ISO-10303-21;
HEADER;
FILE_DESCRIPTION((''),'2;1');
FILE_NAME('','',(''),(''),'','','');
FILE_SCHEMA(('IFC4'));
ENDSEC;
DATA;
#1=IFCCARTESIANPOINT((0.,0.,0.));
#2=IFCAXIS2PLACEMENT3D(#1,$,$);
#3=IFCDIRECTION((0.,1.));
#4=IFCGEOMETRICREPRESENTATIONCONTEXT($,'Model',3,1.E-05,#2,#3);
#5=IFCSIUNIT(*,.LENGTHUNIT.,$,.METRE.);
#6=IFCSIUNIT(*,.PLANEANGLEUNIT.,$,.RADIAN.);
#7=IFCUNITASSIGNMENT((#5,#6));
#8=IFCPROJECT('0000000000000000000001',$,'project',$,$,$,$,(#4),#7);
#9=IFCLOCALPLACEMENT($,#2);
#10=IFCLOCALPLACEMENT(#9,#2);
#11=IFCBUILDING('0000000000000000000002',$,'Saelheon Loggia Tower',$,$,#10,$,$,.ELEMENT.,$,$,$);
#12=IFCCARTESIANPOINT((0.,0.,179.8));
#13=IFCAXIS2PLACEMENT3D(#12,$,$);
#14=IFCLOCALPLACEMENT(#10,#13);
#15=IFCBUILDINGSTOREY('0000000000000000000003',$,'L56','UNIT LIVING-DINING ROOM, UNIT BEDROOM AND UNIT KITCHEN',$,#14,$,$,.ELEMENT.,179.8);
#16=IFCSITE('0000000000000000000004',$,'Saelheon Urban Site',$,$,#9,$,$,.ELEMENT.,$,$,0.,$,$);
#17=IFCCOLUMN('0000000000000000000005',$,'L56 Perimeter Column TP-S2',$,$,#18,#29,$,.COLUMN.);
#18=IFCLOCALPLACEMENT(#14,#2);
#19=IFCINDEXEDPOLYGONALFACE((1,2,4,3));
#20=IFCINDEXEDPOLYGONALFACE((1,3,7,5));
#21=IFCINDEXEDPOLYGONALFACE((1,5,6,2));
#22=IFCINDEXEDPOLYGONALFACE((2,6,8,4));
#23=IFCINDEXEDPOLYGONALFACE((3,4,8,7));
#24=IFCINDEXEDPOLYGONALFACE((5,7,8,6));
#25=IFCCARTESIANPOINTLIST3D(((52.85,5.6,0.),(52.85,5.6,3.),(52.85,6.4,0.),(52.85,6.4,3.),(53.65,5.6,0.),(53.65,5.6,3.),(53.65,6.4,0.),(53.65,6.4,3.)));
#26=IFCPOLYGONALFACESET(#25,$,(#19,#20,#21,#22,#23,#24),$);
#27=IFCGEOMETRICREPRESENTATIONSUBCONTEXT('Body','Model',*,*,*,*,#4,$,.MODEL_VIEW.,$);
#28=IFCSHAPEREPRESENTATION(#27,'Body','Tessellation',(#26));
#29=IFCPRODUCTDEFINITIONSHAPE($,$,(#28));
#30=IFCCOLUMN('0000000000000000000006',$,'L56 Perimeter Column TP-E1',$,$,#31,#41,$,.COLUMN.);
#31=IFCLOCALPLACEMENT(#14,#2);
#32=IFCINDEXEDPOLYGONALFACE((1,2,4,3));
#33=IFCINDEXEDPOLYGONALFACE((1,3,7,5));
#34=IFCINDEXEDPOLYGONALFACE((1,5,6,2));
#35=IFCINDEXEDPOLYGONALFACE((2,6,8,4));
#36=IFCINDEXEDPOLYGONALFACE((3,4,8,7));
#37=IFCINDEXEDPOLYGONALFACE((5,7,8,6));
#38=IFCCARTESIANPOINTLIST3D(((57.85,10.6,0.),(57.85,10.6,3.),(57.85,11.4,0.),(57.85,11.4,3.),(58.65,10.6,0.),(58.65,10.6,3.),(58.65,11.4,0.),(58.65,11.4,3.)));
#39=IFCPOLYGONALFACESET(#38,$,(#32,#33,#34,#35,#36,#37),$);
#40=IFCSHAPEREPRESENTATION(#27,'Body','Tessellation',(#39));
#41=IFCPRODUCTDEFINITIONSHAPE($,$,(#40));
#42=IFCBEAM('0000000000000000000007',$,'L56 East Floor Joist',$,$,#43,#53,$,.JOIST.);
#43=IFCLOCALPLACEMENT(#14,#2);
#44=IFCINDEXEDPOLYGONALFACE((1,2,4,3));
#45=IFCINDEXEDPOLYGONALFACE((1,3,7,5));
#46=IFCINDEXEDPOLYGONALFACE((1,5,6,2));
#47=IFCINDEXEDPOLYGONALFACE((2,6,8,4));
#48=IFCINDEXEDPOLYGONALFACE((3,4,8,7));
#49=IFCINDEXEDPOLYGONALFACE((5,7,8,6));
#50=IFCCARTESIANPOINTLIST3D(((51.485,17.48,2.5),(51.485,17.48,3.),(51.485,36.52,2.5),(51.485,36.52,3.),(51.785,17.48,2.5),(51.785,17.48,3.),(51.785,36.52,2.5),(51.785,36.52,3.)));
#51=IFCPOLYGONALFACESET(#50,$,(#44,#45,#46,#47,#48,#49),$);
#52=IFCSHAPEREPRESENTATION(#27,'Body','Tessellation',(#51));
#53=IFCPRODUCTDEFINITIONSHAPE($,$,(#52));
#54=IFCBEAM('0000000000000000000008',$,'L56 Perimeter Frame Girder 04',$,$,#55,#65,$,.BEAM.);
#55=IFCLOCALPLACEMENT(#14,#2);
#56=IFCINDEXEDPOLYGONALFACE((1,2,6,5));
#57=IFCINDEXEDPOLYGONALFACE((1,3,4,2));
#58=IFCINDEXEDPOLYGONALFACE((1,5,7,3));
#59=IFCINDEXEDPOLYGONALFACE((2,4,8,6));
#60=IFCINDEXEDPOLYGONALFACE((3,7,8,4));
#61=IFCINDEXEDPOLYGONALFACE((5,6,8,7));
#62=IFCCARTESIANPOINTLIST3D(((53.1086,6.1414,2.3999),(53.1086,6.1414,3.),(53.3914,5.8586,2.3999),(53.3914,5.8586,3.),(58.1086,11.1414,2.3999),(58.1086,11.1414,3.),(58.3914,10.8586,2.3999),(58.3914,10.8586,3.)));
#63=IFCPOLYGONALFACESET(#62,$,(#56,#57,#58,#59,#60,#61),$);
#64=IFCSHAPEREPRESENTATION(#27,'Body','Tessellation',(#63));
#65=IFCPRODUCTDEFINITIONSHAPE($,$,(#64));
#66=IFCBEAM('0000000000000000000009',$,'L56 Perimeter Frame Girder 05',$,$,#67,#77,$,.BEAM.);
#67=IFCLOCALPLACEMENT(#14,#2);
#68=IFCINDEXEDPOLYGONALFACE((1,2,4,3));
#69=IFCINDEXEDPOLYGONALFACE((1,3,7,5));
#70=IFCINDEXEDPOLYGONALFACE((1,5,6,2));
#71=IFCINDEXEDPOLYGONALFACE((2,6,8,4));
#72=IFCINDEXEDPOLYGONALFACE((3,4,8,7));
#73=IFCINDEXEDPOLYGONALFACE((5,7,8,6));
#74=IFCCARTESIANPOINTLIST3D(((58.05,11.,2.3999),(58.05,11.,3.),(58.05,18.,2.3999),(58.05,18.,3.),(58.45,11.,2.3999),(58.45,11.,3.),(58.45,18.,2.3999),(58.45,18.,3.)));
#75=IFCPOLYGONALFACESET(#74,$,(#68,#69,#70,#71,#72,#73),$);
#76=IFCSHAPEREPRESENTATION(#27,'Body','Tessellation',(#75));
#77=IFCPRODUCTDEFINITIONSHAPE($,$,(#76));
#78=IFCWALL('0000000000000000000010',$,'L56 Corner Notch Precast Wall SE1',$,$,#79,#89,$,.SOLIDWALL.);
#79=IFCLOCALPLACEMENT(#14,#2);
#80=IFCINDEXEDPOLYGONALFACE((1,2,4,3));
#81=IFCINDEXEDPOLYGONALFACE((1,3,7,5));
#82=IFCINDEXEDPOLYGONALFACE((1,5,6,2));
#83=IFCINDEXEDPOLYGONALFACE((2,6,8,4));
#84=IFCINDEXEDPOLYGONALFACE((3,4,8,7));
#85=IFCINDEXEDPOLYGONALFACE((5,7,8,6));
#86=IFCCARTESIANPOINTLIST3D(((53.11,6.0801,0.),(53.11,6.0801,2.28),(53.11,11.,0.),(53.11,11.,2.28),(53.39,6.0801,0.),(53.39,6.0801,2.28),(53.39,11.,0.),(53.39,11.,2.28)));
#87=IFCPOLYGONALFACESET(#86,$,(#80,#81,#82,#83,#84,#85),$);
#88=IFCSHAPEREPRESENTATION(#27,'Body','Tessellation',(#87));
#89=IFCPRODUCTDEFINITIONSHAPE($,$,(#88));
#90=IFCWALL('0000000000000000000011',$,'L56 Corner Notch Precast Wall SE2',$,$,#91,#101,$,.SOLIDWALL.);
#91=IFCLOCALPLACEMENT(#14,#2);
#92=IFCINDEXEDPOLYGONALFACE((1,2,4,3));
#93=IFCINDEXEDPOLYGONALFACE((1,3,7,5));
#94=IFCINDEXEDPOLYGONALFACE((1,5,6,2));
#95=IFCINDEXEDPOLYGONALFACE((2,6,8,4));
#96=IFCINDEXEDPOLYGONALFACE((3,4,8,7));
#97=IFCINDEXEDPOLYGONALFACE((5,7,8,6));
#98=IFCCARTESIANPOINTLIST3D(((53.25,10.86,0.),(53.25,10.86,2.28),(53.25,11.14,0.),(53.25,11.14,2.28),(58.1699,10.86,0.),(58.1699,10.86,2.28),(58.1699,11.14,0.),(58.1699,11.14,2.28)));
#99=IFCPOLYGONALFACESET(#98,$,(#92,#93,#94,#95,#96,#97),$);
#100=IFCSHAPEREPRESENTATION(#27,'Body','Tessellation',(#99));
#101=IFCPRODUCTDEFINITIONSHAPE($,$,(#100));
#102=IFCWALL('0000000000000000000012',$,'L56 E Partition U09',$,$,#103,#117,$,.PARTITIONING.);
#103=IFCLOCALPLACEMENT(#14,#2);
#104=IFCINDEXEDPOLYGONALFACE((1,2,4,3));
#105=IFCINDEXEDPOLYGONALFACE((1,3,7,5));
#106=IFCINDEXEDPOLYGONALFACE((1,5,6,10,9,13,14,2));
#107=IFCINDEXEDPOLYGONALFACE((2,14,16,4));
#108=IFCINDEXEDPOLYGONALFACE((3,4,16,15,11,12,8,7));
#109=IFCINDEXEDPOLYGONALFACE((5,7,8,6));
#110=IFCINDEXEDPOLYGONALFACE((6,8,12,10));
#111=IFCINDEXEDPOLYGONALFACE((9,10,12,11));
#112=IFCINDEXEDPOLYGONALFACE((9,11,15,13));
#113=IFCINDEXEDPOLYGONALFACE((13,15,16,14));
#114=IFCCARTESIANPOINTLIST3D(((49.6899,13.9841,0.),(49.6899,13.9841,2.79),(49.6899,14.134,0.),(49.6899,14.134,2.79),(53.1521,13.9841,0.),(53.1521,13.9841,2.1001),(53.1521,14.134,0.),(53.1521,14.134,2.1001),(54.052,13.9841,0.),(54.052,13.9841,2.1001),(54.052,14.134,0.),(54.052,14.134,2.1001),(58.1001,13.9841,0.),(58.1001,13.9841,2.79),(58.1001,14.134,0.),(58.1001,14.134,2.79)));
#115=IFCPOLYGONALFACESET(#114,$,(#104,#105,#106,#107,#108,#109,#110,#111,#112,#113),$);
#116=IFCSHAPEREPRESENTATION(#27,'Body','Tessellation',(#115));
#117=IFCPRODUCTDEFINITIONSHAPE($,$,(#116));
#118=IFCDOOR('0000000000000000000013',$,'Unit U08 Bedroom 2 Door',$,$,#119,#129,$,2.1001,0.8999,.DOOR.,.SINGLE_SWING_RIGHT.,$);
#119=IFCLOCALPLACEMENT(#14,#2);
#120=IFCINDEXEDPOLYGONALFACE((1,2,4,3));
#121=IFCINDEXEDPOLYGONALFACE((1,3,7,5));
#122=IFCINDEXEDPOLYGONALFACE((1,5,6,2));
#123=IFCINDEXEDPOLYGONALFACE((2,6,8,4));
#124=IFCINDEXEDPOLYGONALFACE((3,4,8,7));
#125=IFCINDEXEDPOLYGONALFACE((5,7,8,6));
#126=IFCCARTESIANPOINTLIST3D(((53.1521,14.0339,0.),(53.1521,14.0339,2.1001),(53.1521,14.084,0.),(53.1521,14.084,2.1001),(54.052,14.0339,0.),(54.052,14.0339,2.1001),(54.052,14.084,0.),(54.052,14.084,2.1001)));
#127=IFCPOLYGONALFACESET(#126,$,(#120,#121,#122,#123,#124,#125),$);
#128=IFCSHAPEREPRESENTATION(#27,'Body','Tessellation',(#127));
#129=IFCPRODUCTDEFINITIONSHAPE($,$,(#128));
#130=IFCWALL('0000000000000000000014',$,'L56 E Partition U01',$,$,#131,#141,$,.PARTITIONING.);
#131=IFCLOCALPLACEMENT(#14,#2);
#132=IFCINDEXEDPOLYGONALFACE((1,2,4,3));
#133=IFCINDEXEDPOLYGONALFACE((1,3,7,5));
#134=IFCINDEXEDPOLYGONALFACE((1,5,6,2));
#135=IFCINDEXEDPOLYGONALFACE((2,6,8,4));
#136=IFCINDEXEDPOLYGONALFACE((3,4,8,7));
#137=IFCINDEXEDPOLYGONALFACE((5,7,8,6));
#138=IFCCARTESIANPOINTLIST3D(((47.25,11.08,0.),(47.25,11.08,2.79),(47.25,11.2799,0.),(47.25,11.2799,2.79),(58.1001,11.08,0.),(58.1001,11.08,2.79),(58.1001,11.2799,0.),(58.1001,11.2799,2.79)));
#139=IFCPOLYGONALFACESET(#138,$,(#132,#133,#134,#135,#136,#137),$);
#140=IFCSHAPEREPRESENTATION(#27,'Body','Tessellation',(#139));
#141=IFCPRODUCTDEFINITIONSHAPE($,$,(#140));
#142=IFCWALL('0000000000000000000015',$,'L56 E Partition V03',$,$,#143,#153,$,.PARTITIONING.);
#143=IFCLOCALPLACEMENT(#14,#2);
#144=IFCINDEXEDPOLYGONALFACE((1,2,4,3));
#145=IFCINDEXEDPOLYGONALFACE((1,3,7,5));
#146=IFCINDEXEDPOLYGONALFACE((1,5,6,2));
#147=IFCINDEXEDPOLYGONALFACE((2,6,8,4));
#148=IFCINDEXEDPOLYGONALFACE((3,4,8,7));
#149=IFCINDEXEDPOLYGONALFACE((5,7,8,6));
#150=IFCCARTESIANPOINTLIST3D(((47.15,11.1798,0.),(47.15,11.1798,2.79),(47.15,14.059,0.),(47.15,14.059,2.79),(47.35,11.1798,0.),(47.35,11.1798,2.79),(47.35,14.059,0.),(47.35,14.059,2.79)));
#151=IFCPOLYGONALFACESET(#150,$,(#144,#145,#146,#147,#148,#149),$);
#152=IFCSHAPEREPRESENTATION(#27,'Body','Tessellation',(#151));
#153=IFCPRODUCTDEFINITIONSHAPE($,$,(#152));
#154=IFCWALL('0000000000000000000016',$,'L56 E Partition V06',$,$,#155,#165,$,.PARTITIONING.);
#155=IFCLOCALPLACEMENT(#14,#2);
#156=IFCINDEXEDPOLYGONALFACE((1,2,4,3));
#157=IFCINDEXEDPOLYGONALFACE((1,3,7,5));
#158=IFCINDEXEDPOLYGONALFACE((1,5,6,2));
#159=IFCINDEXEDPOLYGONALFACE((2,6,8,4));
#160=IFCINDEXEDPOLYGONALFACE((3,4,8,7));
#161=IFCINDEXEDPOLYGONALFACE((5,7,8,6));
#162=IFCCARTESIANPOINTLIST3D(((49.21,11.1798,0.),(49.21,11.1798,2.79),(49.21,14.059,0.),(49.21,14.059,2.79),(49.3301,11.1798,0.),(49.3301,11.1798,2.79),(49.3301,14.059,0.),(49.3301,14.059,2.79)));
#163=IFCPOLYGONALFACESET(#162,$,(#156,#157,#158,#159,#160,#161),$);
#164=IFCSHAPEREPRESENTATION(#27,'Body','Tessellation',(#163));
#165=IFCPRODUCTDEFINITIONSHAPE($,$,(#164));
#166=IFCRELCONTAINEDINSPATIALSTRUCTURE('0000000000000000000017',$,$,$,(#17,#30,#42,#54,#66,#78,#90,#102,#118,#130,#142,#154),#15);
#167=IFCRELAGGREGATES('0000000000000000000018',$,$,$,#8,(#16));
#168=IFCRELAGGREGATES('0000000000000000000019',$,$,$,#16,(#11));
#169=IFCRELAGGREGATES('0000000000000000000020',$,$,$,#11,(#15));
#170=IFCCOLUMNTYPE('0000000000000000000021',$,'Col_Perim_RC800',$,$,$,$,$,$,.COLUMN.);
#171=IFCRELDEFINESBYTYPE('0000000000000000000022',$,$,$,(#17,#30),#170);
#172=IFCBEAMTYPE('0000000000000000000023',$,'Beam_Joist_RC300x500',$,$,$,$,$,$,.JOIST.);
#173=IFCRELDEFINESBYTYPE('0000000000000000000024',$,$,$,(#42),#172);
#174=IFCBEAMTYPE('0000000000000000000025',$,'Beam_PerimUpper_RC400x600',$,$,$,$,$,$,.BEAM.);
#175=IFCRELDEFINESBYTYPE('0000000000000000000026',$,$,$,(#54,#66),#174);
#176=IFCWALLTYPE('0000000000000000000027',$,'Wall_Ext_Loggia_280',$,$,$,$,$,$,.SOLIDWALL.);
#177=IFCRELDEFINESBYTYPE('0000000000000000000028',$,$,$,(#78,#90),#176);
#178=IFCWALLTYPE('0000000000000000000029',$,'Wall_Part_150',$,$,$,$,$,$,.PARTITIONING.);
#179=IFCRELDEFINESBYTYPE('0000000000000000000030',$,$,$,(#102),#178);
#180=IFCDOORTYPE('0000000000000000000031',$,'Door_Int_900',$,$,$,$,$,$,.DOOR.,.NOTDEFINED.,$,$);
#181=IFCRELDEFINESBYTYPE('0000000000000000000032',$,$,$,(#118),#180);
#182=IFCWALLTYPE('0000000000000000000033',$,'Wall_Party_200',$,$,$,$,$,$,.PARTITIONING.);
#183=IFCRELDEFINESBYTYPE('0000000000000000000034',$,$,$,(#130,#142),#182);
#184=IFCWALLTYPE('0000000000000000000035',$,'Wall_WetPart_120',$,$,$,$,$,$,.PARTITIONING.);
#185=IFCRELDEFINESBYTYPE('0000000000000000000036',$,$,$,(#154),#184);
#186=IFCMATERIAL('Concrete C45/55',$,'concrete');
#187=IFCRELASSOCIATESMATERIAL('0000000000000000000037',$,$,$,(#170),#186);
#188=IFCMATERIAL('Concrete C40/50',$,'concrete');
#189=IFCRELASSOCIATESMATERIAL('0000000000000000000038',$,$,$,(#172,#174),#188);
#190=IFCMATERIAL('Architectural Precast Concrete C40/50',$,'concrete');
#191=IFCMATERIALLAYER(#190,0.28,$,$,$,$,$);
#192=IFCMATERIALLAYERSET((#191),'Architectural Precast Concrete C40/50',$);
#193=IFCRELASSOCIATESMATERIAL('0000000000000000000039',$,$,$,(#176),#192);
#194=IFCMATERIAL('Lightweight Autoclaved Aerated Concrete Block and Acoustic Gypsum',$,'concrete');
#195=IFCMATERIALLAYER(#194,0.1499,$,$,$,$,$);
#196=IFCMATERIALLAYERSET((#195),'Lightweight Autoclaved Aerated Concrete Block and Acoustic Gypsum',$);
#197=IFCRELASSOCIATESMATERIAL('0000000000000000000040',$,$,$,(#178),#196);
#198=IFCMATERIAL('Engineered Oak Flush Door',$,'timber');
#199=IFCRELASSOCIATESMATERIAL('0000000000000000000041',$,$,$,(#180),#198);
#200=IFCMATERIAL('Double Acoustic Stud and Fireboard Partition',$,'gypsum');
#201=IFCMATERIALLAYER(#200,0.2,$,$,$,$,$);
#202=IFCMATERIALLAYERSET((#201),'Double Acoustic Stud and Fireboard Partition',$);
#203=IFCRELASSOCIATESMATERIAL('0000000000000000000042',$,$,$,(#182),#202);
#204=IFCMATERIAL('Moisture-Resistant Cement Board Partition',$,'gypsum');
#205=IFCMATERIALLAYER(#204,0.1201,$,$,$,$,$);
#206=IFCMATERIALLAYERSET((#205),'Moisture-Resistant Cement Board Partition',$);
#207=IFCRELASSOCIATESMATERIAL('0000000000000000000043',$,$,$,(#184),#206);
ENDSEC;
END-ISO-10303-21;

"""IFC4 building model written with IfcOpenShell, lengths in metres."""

from ifc_helpers import new_model, si_unit, direction, frame, frame_2d, origin, origin_2d, place, context, subcontext, project, spatial, rectangle, extrude, source, transform, mapped, material, layer, layer_set, material_profile, profile_set, type_object, element, fill, save


model = new_model("IFC4")

# Units and contexts
model_context = context("Model", 3, precision=1e-05, world=origin(), true_north=direction((0.0, 1.0)))
body_context = subcontext(model_context, "Body", "Model", "MODEL_VIEW")
ifc_project = project(units=[si_unit("LENGTHUNIT", "METRE"), si_unit("PLANEANGLEUNIT", "RADIAN")], contexts=[model_context])

# Site, building, storey
site_placement = place(None, origin())
site = spatial("IfcSite", under=ifc_project, at=site_placement, Name="Saelheon Urban Site", CompositionType="ELEMENT", RefElevation=0.0)
building_placement = place(site_placement, origin())
building = spatial("IfcBuilding", under=site, at=building_placement, Name="Saelheon Loggia Tower", CompositionType="ELEMENT")
storey_placement = place(building_placement, frame((0.0, 0.0, 179.8)))
storey = spatial("IfcBuildingStorey", under=building, at=storey_placement, Name="L56", Description="UNIT LIVING-DINING ROOM, UNIT BEDROOM AND UNIT KITCHEN", CompositionType="ELEMENT", Elevation=179.8)

# Columns
ifc_material_1 = material(Name="Concrete C45/55", Category="concrete")
ifc_material_profile_1 = material_profile(ifc_material_1, rectangle(XDim=0.8, YDim=0.8, at=origin_2d()), Name="RC-800x800")
ifc_profile_set_1 = profile_set([ifc_material_profile_1], Name="Concrete C45/55")
column_type = type_object("IfcColumnType", Name="Col_Perim_RC800", PredefinedType="COLUMN", material=ifc_profile_set_1)
shared_shape_1 = source(origin(), body_context, "Body", "SweptSolid", [
    extrude(rectangle(XDim=0.8, YDim=0.8, at=origin_2d()), origin(), (0.0, 0.0, 1.0), 3.0),
])
for number, where, z_axis, x_axis, name in (
    (1, (53.25, 6.0, 0.0), (0.0, 0.0, 1.0), (1.0, 0.0, 0.0), "L56 Perimeter Column TP-S2"),
    (2, (58.25, 11.0, 0.0), (0.0, 0.0, 1.0), (1.0, 0.0, 0.0), "L56 Perimeter Column TP-E1"),
):
    element("IfcColumn", number, at=place(storey_placement, frame(where, z_axis=z_axis, x_axis=x_axis)), inside=storey, type_object=column_type, Name=name, PredefinedType="COLUMN", context=body_context, shape_type="MappedRepresentation", body=[
        mapped(shared_shape_1, transform((0.0, 0.0, 0.0), scale=1.0)),
    ])

# Beams
ifc_material_2 = material(Name="Concrete C40/50", Category="concrete")
ifc_material_profile_2 = material_profile(ifc_material_2, rectangle(XDim=0.3, YDim=0.5, at=origin_2d()), Name="RC-300x500")
ifc_profile_set_2 = profile_set([ifc_material_profile_2], Name="Concrete C40/50")
beam_type_1 = type_object("IfcBeamType", Name="Beam_Joist_RC300x500", PredefinedType="JOIST", material=ifc_profile_set_2)
shared_shape_2 = source(origin(), body_context, "Body", "SweptSolid", [
    extrude(rectangle(XDim=0.3, YDim=0.5, at=origin_2d()), origin(), (0.0, 0.0, 1.0), 19.04),
])
beam_1_placement = place(storey_placement, frame((51.635, 17.48, 2.75), z_axis=(0.0, 1.0, 0.0), x_axis=(-1.0, 0.0, 0.0)))
element("IfcBeam", 3, at=beam_1_placement, inside=storey, type_object=beam_type_1, Name="L56 East Floor Joist", PredefinedType="JOIST", context=body_context, shape_type="MappedRepresentation", body=[
    mapped(shared_shape_2, transform((0.0, 0.0, 0.0), scale=1.0)),
])
ifc_material_profile_3 = material_profile(ifc_material_2, rectangle(XDim=0.3999, YDim=0.6001, at=origin_2d()), Name="RC-400x600")
ifc_profile_set_3 = profile_set([ifc_material_profile_3], Name="Concrete C40/50")
beam_type_2 = type_object("IfcBeamType", Name="Beam_PerimUpper_RC400x600", PredefinedType="BEAM", material=ifc_profile_set_3)
shared_shape_3 = source(origin(), body_context, "Body", "SweptSolid", [
    extrude(rectangle(XDim=0.3999, YDim=0.6001, at=origin_2d()), origin(), (0.0, 0.0, 1.0), 7.071),
])
beam_2_placement = place(storey_placement, frame((53.25, 6.0, 2.7), z_axis=(0.707107, 0.707107, 0.0), x_axis=(-0.707107, 0.707107, 0.0)))
element("IfcBeam", 4, at=beam_2_placement, inside=storey, type_object=beam_type_2, Name="L56 Perimeter Frame Girder 04", PredefinedType="BEAM", context=body_context, shape_type="MappedRepresentation", body=[
    mapped(shared_shape_3, transform((0.0, 0.0, 0.0), scale=1.0)),
])
shared_shape_4 = source(origin(), body_context, "Body", "SweptSolid", [
    extrude(rectangle(XDim=0.3999, YDim=0.6001, at=origin_2d()), origin(), (0.0, 0.0, 1.0), 7.0),
])
beam_3_placement = place(storey_placement, frame((58.25, 11.0, 2.7), z_axis=(0.0, 1.0, 0.0), x_axis=(-1.0, 0.0, 0.0)))
element("IfcBeam", 5, at=beam_3_placement, inside=storey, type_object=beam_type_2, Name="L56 Perimeter Frame Girder 05", PredefinedType="BEAM", context=body_context, shape_type="MappedRepresentation", body=[
    mapped(shared_shape_4, transform((0.0, 0.0, 0.0), scale=1.0)),
])

# Shared definitions
ifc_material_3 = material(Name="Architectural Precast Concrete C40/50", Category="concrete")
ifc_layer_1 = layer(ifc_material_3, 0.28)
ifc_layer_set_1 = layer_set([ifc_layer_1], Name="Architectural Precast Concrete C40/50")
wall_type_1 = type_object("IfcWallType", Name="Wall_Ext_Loggia_280", PredefinedType="SOLIDWALL", material=ifc_layer_set_1)

# Walls
for number, where, z_axis, x_axis, name in (
    (6, (53.25, 6.0801, 0.0), (0.0, 0.0, 1.0), (0.0, 1.0, 0.0), "L56 Corner Notch Precast Wall SE1"),
    (7, (53.25, 11.0, 0.0), (0.0, 0.0, 1.0), (1.0, 0.0, 0.0), "L56 Corner Notch Precast Wall SE2"),
):
    element("IfcWall", number, at=place(storey_placement, frame(where, z_axis=z_axis, x_axis=x_axis)), inside=storey, type_object=wall_type_1, Name=name, PredefinedType="SOLIDWALL", context=body_context, shape_type="SweptSolid", body=[
        extrude(rectangle(XDim=4.9199, YDim=0.28, at=frame_2d((2.46, 0.0))), origin(), (0.0, 0.0, 1.0), 2.28),
    ])

# Wall, opening, door
ifc_material_4 = material(Name="Lightweight Autoclaved Aerated Concrete Block and Acoustic Gypsum", Category="concrete")
ifc_layer_2 = layer(ifc_material_4, 0.1499)
ifc_layer_set_2 = layer_set([ifc_layer_2], Name="Lightweight Autoclaved Aerated Concrete Block and Acoustic Gypsum")
wall_type_2 = type_object("IfcWallType", Name="Wall_Part_150", PredefinedType="PARTITIONING", material=ifc_layer_set_2)
wall_1_placement = place(storey_placement, frame((49.6899, 14.0591, 0.0), z_axis=(0.0, 0.0, 1.0), x_axis=(1.0, 0.0, 0.0)))
wall_1 = element("IfcWall", 8, at=wall_1_placement, inside=storey, type_object=wall_type_2, Name="L56 E Partition U09", PredefinedType="PARTITIONING", context=body_context, shape_type="SweptSolid", body=[
    extrude(rectangle(XDim=8.4102, YDim=0.1499, at=frame_2d((4.2051, 0.0))), origin(), (0.0, 0.0, 1.0), 2.79),
])
opening_1_placement = place(wall_1_placement, frame((3.4622, 0.0, 0.0)))
opening_1 = element("IfcOpeningElement", 9, at=opening_1_placement, cuts=wall_1, PredefinedType="OPENING", context=body_context, shape_type="SweptSolid", body=[
    extrude(rectangle(XDim=0.8999, YDim=2.1001, at=frame_2d((0.45, 1.05))), frame((0.0, 0.0869, 0.0), z_axis=(0.0, -1.0, 0.0), x_axis=(1.0, 0.0, 0.0)), (0.0, 0.0, 1.0), 0.1738),
])
ifc_material_5 = material(Name="Engineered Oak Flush Door", Category="timber")
door_type_1 = type_object("IfcDoorType", Name="Door_Int_900", OperationType="NOTDEFINED", PredefinedType="DOOR", material=ifc_material_5)
shared_shape_5 = source(origin(), body_context, "Body", "SweptSolid", [
    extrude(rectangle(XDim=0.8999, YDim=2.1001, at=frame_2d((0.45, 1.05))), frame((0.0, 0.0249, 0.0), z_axis=(0.0, -1.0, 0.0), x_axis=(1.0, 0.0, 0.0)), (0.0, 0.0, 1.0), 0.05),
])
door_1_placement = place(opening_1_placement, origin())
door_1 = element("IfcDoor", 10, at=door_1_placement, inside=storey, type_object=door_type_1, Name="Unit U08 Bedroom 2 Door", OperationType="SINGLE_SWING_RIGHT", OverallHeight=2.1001, OverallWidth=0.8999, PredefinedType="DOOR", context=body_context, shape_type="MappedRepresentation", body=[
    mapped(shared_shape_5, transform((0.0, 0.0, 0.0), scale=1.0)),
])
fill(opening_1, door_1)

# Walls
ifc_material_6 = material(Name="Double Acoustic Stud and Fireboard Partition", Category="gypsum")
ifc_layer_3 = layer(ifc_material_6, 0.2)
ifc_layer_set_3 = layer_set([ifc_layer_3], Name="Double Acoustic Stud and Fireboard Partition")
wall_type_3 = type_object("IfcWallType", Name="Wall_Party_200", PredefinedType="PARTITIONING", material=ifc_layer_set_3)
wall_2_placement = place(storey_placement, frame((47.25, 11.1799, 0.0), z_axis=(0.0, 0.0, 1.0), x_axis=(1.0, 0.0, 0.0)))
element("IfcWall", 11, at=wall_2_placement, inside=storey, type_object=wall_type_3, Name="L56 E Partition U01", PredefinedType="PARTITIONING", context=body_context, shape_type="SweptSolid", body=[
    extrude(rectangle(XDim=10.8501, YDim=0.2, at=frame_2d((5.425, 0.0))), origin(), (0.0, 0.0, 1.0), 2.79),
])
wall_3_placement = place(storey_placement, frame((47.25, 11.1799, 0.0), z_axis=(0.0, 0.0, 1.0), x_axis=(0.0, 1.0, 0.0)))
element("IfcWall", 12, at=wall_3_placement, inside=storey, type_object=wall_type_3, Name="L56 E Partition V03", PredefinedType="PARTITIONING", context=body_context, shape_type="SweptSolid", body=[
    extrude(rectangle(XDim=2.8792, YDim=0.2, at=frame_2d((1.4395, 0.0))), origin(), (0.0, 0.0, 1.0), 2.79),
])

# Wall
ifc_material_7 = material(Name="Moisture-Resistant Cement Board Partition", Category="gypsum")
ifc_layer_4 = layer(ifc_material_7, 0.1201)
ifc_layer_set_4 = layer_set([ifc_layer_4], Name="Moisture-Resistant Cement Board Partition")
wall_type_4 = type_object("IfcWallType", Name="Wall_WetPart_120", PredefinedType="PARTITIONING", material=ifc_layer_set_4)
wall_4_placement = place(storey_placement, frame((49.27, 11.1799, 0.0), z_axis=(0.0, 0.0, 1.0), x_axis=(0.0, 1.0, 0.0)))
element("IfcWall", 13, at=wall_4_placement, inside=storey, type_object=wall_type_4, Name="L56 E Partition V06", PredefinedType="PARTITIONING", context=body_context, shape_type="SweptSolid", body=[
    extrude(rectangle(XDim=2.8792, YDim=0.1201, at=frame_2d((1.4395, 0.0))), origin(), (0.0, 0.0, 1.0), 2.79),
])

save(model, "model.ifc")
